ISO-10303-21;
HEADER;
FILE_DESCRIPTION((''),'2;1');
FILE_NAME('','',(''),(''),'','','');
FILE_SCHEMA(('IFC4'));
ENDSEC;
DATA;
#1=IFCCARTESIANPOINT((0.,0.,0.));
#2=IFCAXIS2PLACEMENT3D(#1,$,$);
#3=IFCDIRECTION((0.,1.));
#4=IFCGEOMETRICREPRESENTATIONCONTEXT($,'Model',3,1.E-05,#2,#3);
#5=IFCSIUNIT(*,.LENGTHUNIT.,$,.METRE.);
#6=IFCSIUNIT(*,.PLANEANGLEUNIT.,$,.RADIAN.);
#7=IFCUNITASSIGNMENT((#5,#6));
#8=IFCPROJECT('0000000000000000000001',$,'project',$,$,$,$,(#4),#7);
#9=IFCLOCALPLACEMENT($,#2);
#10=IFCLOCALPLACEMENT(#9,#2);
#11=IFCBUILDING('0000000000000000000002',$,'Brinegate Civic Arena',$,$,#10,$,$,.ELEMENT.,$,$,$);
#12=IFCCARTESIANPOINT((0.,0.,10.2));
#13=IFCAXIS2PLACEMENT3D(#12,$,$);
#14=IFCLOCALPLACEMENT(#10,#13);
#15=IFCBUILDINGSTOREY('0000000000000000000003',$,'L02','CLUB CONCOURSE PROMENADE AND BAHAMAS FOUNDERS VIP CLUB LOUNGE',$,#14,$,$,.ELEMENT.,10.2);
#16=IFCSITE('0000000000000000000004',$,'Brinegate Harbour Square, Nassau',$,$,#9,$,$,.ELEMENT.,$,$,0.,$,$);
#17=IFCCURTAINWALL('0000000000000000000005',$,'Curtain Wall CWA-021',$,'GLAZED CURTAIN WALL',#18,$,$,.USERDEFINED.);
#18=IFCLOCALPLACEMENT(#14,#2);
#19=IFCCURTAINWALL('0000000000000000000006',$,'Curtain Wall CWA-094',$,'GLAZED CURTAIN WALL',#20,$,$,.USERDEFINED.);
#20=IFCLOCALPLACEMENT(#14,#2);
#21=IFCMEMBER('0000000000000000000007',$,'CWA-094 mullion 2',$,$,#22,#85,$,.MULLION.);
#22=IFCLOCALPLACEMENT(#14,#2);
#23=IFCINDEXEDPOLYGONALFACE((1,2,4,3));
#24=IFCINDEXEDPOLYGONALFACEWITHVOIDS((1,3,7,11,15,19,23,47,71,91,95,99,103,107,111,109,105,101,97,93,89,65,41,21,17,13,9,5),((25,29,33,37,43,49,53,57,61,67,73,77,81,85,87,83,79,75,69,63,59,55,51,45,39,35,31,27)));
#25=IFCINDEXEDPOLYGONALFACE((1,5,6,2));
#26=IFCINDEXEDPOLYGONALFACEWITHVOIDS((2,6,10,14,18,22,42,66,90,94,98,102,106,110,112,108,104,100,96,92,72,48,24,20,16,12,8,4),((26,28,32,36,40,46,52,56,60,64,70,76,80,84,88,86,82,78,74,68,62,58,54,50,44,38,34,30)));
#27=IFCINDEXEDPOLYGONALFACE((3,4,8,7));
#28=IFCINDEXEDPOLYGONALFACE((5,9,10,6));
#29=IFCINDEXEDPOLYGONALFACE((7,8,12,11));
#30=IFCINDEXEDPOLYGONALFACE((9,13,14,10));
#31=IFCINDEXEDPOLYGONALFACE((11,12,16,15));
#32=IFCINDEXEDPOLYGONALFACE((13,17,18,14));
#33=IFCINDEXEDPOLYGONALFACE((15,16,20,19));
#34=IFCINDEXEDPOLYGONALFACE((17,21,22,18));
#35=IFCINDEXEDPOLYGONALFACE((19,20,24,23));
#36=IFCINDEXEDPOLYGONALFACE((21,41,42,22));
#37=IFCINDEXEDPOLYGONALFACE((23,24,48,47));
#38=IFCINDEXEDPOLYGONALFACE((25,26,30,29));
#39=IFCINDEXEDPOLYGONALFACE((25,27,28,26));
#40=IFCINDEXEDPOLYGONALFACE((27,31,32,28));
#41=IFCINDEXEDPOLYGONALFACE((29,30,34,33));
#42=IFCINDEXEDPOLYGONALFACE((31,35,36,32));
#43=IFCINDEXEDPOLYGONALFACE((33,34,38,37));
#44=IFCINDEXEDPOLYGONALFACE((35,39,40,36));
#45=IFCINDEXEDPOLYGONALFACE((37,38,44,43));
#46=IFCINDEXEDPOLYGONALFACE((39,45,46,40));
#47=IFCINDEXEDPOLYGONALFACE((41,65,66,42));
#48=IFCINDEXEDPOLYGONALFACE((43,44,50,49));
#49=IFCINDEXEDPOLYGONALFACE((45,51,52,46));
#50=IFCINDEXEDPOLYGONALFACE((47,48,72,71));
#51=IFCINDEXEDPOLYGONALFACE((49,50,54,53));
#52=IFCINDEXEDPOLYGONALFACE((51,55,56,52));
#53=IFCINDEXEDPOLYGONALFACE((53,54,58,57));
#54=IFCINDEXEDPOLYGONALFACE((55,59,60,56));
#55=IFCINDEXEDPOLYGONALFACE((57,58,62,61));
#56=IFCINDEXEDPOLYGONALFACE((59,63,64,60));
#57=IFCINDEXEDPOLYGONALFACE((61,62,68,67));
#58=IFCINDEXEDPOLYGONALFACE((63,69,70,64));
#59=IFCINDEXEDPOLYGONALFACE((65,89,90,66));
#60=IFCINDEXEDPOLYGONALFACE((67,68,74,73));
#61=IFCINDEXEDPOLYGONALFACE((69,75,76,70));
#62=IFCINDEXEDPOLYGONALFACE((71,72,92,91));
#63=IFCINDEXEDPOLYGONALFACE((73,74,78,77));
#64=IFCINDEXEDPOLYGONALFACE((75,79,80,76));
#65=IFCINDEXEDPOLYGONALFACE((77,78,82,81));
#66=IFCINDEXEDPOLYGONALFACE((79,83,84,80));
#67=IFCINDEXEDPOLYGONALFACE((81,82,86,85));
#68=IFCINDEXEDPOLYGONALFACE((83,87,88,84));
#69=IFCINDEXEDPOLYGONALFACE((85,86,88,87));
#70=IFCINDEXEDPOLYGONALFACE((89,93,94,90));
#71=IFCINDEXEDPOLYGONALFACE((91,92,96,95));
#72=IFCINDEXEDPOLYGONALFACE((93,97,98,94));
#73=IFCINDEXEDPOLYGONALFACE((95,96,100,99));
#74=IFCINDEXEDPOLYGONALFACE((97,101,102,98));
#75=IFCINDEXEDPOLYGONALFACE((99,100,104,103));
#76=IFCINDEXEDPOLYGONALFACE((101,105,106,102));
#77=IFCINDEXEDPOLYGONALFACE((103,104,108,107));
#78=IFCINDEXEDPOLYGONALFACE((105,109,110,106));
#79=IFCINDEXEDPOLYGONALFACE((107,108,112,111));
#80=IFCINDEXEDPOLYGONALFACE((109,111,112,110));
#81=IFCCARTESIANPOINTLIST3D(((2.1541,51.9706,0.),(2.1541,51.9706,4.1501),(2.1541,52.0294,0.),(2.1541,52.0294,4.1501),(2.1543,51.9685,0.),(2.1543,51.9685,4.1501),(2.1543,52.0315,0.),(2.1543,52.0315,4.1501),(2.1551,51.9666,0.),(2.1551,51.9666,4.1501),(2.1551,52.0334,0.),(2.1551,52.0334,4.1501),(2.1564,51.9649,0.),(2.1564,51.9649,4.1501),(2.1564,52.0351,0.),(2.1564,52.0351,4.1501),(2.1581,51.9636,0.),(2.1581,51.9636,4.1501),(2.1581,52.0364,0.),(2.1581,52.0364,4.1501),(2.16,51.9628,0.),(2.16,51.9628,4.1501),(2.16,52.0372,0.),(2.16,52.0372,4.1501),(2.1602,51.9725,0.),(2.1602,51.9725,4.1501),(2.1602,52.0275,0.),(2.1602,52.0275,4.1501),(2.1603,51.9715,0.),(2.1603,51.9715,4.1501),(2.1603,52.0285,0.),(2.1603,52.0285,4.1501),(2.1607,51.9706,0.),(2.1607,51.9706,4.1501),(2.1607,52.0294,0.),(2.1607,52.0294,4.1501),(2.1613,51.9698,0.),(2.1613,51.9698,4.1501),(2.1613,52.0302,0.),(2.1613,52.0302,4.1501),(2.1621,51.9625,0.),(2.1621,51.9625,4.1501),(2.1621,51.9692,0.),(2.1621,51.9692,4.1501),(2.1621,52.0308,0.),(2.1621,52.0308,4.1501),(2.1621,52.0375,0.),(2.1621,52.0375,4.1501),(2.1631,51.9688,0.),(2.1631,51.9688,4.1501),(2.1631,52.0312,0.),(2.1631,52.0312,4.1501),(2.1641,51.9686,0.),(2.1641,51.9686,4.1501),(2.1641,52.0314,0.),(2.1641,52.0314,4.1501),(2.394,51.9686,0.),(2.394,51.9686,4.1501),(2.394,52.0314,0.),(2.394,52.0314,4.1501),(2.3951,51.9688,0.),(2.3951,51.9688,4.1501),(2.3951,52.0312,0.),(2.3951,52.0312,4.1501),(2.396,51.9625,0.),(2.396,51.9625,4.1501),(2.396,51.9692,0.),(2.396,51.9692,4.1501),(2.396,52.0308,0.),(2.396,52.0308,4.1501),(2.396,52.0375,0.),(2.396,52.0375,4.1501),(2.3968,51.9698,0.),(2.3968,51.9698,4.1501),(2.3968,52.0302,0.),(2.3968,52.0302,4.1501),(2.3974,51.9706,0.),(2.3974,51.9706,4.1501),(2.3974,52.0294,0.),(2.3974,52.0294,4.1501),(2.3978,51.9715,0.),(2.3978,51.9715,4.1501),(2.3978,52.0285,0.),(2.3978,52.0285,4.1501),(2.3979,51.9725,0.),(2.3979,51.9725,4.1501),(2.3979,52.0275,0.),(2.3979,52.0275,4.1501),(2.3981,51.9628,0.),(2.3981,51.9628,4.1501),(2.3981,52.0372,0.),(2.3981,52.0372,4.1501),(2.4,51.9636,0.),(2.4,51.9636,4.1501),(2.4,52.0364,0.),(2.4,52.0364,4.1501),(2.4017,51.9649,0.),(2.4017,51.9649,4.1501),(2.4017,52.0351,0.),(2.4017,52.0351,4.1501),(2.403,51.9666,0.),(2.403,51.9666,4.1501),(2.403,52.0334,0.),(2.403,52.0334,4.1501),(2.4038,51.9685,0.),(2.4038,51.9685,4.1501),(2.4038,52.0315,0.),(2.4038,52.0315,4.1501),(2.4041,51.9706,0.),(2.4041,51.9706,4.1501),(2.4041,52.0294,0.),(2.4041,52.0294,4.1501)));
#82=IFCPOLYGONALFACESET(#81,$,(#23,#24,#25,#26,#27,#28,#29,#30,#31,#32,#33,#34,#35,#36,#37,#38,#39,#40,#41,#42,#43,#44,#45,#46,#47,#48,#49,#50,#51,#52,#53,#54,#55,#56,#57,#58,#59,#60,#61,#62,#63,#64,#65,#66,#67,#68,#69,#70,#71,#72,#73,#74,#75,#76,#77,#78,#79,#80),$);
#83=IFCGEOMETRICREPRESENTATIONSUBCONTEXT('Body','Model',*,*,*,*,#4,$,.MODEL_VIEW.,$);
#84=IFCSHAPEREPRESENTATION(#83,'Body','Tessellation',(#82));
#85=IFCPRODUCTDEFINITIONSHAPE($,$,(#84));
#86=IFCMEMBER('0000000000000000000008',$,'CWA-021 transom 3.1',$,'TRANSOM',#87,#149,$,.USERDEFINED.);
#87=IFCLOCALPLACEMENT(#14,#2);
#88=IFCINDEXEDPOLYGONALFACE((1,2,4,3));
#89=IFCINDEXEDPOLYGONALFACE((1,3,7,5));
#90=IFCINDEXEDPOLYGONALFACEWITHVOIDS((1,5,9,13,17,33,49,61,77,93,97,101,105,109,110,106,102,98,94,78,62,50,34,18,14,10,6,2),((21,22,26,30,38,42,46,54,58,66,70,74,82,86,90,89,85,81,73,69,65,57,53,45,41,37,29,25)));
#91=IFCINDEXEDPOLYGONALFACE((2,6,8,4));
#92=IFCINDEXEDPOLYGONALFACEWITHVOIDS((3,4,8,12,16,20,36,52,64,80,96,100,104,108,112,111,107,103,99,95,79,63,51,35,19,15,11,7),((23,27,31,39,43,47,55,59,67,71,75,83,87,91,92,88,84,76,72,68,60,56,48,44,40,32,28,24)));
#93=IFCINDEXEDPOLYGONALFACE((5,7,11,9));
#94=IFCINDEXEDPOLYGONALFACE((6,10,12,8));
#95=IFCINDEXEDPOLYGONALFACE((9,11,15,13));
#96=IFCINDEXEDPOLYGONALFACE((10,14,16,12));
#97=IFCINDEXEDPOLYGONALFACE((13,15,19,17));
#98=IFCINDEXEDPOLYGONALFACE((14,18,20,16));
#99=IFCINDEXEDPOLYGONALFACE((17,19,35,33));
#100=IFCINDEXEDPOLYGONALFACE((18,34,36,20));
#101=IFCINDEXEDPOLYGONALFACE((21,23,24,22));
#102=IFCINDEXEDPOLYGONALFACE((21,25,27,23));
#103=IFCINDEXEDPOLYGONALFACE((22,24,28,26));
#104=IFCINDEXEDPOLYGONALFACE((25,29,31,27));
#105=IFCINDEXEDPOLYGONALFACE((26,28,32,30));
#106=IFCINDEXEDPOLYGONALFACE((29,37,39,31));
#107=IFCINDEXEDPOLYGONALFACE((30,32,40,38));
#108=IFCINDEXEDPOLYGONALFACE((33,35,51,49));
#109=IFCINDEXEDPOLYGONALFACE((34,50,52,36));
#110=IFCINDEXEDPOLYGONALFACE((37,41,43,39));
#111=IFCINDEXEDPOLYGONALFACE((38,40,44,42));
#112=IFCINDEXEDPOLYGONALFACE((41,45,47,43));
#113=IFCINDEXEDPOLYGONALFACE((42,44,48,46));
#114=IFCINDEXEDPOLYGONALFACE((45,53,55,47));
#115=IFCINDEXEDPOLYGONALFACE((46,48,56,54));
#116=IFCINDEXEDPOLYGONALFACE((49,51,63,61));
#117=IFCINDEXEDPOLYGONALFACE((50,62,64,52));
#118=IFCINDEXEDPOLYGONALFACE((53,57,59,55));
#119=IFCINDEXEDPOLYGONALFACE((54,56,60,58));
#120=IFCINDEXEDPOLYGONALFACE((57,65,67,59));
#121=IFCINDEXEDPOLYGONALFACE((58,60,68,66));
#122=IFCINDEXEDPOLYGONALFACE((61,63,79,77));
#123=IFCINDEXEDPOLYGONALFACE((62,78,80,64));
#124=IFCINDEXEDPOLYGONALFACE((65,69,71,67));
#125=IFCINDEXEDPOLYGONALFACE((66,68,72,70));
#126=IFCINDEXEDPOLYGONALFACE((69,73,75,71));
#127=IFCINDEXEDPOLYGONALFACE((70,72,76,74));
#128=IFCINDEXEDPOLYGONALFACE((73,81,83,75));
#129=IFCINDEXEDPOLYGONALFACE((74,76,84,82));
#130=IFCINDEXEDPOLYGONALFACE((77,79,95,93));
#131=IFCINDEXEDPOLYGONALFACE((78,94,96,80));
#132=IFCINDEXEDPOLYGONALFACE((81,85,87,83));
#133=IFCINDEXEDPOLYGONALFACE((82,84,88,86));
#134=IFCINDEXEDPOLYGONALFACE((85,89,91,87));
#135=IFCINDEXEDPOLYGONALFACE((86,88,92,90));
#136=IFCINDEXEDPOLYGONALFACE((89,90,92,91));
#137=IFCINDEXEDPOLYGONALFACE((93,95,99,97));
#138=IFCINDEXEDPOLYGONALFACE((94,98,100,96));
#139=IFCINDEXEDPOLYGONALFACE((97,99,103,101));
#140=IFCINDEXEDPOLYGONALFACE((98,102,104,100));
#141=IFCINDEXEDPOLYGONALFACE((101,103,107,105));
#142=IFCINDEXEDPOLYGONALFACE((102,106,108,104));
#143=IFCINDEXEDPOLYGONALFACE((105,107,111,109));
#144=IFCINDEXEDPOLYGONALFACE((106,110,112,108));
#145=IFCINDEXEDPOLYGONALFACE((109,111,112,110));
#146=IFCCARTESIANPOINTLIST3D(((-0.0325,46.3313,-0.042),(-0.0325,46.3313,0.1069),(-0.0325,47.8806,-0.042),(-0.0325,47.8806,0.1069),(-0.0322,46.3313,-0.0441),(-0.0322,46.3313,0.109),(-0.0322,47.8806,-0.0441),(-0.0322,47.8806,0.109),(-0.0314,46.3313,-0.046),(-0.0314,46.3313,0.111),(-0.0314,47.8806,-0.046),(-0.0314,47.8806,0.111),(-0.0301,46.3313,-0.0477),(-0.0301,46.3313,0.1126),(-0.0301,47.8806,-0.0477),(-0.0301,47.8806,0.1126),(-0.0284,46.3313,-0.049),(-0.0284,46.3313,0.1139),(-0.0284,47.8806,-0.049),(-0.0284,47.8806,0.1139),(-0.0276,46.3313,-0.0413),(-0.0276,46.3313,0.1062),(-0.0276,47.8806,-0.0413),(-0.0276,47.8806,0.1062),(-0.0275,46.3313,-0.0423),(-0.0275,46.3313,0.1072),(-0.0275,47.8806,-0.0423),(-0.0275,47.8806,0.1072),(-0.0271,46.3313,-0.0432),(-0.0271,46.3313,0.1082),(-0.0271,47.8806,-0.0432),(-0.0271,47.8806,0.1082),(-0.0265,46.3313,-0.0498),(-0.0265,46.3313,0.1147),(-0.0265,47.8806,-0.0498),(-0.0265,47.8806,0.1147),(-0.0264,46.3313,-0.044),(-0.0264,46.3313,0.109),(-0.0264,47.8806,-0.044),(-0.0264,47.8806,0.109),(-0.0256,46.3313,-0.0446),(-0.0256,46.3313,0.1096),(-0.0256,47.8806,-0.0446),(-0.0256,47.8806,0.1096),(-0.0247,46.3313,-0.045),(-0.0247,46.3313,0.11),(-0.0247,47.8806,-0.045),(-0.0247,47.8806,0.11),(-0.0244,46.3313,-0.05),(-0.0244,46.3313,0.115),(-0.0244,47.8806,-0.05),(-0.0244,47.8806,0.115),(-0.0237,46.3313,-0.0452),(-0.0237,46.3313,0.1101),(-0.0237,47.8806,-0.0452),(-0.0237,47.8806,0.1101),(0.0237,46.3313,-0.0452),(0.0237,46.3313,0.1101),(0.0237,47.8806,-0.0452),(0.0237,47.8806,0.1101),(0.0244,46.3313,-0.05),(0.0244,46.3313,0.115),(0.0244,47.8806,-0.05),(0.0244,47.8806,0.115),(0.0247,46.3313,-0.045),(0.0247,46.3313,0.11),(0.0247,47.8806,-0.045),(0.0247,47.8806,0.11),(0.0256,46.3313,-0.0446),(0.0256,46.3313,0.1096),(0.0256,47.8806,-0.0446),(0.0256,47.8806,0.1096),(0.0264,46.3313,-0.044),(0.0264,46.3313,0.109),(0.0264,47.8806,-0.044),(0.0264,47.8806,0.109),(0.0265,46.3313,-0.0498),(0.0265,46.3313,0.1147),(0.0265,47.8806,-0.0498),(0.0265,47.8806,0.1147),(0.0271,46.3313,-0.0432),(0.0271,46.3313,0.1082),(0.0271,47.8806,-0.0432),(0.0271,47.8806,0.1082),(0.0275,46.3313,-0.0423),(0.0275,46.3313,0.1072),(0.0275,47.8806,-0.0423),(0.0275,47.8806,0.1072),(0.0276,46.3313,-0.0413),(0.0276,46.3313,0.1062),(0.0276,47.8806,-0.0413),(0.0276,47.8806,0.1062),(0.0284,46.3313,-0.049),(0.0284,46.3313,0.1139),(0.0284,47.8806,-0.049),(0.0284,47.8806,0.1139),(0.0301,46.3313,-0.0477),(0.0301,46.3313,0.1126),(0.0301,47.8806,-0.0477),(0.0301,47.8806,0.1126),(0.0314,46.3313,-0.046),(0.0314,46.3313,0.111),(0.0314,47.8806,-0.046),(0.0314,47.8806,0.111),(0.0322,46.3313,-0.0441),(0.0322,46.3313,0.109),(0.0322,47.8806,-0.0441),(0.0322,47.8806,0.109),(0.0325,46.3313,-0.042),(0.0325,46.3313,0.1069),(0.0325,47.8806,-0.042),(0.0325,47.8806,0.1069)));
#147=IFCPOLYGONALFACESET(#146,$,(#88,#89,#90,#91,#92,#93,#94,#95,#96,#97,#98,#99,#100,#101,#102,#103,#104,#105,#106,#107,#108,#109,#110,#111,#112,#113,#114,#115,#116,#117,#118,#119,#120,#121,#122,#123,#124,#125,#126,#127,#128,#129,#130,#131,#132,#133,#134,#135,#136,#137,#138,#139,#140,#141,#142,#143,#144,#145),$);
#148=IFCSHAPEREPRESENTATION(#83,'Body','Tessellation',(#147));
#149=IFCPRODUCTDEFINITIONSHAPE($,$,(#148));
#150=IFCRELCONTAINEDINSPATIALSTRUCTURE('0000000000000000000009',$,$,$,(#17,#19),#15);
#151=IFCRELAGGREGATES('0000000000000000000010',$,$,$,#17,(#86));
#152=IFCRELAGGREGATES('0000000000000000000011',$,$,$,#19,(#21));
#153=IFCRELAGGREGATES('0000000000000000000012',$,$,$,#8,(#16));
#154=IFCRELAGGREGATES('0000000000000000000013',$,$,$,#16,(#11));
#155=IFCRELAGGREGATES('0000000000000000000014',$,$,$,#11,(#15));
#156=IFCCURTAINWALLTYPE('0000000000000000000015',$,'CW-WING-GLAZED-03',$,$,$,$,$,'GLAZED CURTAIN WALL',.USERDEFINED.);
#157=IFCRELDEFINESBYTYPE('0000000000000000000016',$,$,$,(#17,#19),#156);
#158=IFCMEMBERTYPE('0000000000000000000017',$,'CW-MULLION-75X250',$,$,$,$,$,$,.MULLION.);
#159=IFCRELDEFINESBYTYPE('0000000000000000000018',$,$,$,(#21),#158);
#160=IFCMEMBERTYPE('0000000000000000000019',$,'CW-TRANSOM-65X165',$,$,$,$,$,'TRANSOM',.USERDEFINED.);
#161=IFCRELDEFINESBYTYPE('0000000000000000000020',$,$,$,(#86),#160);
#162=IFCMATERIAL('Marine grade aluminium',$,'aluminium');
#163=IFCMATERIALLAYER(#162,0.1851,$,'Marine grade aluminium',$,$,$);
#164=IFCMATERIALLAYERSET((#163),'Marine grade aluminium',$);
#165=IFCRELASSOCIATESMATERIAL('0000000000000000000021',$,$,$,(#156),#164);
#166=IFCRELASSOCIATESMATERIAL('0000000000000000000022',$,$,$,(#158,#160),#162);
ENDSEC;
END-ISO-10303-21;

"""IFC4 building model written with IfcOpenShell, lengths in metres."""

from ifc_helpers import new_model, si_unit, direction, frame, origin, origin_2d, place, context, subcontext, project, spatial, hollow_rectangle, extrude, material, layer, layer_set, material_profile, profile_set, type_object, element, aggregate, save


model = new_model("IFC4")

# Units and contexts
model_context = context("Model", 3, precision=1e-05, world=origin(), true_north=direction((0.0, 1.0)))
body_context = subcontext(model_context, "Body", "Model", "MODEL_VIEW")
ifc_project = project(units=[si_unit("LENGTHUNIT", "METRE"), si_unit("PLANEANGLEUNIT", "RADIAN")], contexts=[model_context])

# Site, building, storey
site_placement = place(None, origin())
site = spatial("IfcSite", under=ifc_project, at=site_placement, Name="Brinegate Harbour Square, Nassau", CompositionType="ELEMENT", RefElevation=0.0)
building_placement = place(site_placement, origin())
building = spatial("IfcBuilding", under=site, at=building_placement, Name="Brinegate Civic Arena", CompositionType="ELEMENT")
storey_placement = place(building_placement, frame((0.0, 0.0, 10.2)))
storey = spatial("IfcBuildingStorey", under=building, at=storey_placement, Name="L02", Description="CLUB CONCOURSE PROMENADE AND BAHAMAS FOUNDERS VIP CLUB LOUNGE", CompositionType="ELEMENT", Elevation=10.2)

# Curtain walls, member
ifc_material_1 = material(Name="Marine grade aluminium", Category="aluminium")
ifc_layer_1 = layer(ifc_material_1, 0.1851, Name="Marine grade aluminium")
ifc_layer_set_1 = layer_set([ifc_layer_1], Name="Marine grade aluminium")
curtain_wall_type = type_object("IfcCurtainWallType", Name="CW-WING-GLAZED-03", ElementType="GLAZED CURTAIN WALL", PredefinedType="USERDEFINED", material=ifc_layer_set_1)
curtain_wall_1_placement = place(storey_placement, origin())
curtain_wall_1 = element("IfcCurtainWall", 1, at=curtain_wall_1_placement, inside=storey, type_object=curtain_wall_type, Name="Curtain Wall CWA-021", ObjectType="GLAZED CURTAIN WALL", PredefinedType="USERDEFINED")
ifc_material_profile_1 = material_profile(ifc_material_1, hollow_rectangle(XDim=0.075, YDim=0.25, WallThickness=0.0061, InnerFilletRadius=0.0039, OuterFilletRadius=0.0081, at=origin_2d()), Name="MUL75X250")
ifc_profile_set_1 = profile_set([ifc_material_profile_1], Name="Marine grade aluminium")
member_type_1 = type_object("IfcMemberType", Name="CW-MULLION-75X250", PredefinedType="MULLION", material=ifc_profile_set_1)
curtain_wall_2_placement = place(storey_placement, origin())
curtain_wall_2 = element("IfcCurtainWall", 2, at=curtain_wall_2_placement, inside=storey, type_object=curtain_wall_type, Name="Curtain Wall CWA-094", ObjectType="GLAZED CURTAIN WALL", PredefinedType="USERDEFINED")
member_1_placement = place(storey_placement, frame((2.2791, 52.0, 0.0), z_axis=(0.0, 0.0, 1.0), x_axis=(0.0, 1.0, 0.0)))
member_1 = element("IfcMember", 3, at=member_1_placement, type_object=member_type_1, Name="CWA-094 mullion 2", PredefinedType="MULLION", context=body_context, shape_type="SweptSolid", body=[
    extrude(hollow_rectangle(XDim=0.075, YDim=0.25, WallThickness=0.0061, InnerFilletRadius=0.0039, OuterFilletRadius=0.0081, at=origin_2d()), origin(), (0.0, 0.0, 1.0), 4.1501),
])

# Member
ifc_material_profile_2 = material_profile(ifc_material_1, hollow_rectangle(XDim=0.0649, YDim=0.165, WallThickness=0.0049, InnerFilletRadius=0.0039, OuterFilletRadius=0.0081, at=origin_2d()), Name="TRN65X165")
ifc_profile_set_2 = profile_set([ifc_material_profile_2], Name="Marine grade aluminium")
member_type_2 = type_object("IfcMemberType", Name="CW-TRANSOM-65X165", ElementType="TRANSOM", PredefinedType="USERDEFINED", material=ifc_profile_set_2)
member_2_placement = place(storey_placement, frame((0.0, 46.3313, 0.0325), z_axis=(0.0, 1.0, 0.0), x_axis=(-1.0, 0.0, 0.0)))
member_2 = element("IfcMember", 4, at=member_2_placement, type_object=member_type_2, Name="CWA-021 transom 3.1", ObjectType="TRANSOM", PredefinedType="USERDEFINED", context=body_context, shape_type="SweptSolid", body=[
    extrude(hollow_rectangle(XDim=0.0649, YDim=0.165, WallThickness=0.0049, InnerFilletRadius=0.0039, OuterFilletRadius=0.0081, at=origin_2d()), origin(), (0.0, 0.0, 1.0), 1.5493),
])

aggregate(curtain_wall_1, [member_2])
aggregate(curtain_wall_2, [member_1])

save(model, "model.ifc")
